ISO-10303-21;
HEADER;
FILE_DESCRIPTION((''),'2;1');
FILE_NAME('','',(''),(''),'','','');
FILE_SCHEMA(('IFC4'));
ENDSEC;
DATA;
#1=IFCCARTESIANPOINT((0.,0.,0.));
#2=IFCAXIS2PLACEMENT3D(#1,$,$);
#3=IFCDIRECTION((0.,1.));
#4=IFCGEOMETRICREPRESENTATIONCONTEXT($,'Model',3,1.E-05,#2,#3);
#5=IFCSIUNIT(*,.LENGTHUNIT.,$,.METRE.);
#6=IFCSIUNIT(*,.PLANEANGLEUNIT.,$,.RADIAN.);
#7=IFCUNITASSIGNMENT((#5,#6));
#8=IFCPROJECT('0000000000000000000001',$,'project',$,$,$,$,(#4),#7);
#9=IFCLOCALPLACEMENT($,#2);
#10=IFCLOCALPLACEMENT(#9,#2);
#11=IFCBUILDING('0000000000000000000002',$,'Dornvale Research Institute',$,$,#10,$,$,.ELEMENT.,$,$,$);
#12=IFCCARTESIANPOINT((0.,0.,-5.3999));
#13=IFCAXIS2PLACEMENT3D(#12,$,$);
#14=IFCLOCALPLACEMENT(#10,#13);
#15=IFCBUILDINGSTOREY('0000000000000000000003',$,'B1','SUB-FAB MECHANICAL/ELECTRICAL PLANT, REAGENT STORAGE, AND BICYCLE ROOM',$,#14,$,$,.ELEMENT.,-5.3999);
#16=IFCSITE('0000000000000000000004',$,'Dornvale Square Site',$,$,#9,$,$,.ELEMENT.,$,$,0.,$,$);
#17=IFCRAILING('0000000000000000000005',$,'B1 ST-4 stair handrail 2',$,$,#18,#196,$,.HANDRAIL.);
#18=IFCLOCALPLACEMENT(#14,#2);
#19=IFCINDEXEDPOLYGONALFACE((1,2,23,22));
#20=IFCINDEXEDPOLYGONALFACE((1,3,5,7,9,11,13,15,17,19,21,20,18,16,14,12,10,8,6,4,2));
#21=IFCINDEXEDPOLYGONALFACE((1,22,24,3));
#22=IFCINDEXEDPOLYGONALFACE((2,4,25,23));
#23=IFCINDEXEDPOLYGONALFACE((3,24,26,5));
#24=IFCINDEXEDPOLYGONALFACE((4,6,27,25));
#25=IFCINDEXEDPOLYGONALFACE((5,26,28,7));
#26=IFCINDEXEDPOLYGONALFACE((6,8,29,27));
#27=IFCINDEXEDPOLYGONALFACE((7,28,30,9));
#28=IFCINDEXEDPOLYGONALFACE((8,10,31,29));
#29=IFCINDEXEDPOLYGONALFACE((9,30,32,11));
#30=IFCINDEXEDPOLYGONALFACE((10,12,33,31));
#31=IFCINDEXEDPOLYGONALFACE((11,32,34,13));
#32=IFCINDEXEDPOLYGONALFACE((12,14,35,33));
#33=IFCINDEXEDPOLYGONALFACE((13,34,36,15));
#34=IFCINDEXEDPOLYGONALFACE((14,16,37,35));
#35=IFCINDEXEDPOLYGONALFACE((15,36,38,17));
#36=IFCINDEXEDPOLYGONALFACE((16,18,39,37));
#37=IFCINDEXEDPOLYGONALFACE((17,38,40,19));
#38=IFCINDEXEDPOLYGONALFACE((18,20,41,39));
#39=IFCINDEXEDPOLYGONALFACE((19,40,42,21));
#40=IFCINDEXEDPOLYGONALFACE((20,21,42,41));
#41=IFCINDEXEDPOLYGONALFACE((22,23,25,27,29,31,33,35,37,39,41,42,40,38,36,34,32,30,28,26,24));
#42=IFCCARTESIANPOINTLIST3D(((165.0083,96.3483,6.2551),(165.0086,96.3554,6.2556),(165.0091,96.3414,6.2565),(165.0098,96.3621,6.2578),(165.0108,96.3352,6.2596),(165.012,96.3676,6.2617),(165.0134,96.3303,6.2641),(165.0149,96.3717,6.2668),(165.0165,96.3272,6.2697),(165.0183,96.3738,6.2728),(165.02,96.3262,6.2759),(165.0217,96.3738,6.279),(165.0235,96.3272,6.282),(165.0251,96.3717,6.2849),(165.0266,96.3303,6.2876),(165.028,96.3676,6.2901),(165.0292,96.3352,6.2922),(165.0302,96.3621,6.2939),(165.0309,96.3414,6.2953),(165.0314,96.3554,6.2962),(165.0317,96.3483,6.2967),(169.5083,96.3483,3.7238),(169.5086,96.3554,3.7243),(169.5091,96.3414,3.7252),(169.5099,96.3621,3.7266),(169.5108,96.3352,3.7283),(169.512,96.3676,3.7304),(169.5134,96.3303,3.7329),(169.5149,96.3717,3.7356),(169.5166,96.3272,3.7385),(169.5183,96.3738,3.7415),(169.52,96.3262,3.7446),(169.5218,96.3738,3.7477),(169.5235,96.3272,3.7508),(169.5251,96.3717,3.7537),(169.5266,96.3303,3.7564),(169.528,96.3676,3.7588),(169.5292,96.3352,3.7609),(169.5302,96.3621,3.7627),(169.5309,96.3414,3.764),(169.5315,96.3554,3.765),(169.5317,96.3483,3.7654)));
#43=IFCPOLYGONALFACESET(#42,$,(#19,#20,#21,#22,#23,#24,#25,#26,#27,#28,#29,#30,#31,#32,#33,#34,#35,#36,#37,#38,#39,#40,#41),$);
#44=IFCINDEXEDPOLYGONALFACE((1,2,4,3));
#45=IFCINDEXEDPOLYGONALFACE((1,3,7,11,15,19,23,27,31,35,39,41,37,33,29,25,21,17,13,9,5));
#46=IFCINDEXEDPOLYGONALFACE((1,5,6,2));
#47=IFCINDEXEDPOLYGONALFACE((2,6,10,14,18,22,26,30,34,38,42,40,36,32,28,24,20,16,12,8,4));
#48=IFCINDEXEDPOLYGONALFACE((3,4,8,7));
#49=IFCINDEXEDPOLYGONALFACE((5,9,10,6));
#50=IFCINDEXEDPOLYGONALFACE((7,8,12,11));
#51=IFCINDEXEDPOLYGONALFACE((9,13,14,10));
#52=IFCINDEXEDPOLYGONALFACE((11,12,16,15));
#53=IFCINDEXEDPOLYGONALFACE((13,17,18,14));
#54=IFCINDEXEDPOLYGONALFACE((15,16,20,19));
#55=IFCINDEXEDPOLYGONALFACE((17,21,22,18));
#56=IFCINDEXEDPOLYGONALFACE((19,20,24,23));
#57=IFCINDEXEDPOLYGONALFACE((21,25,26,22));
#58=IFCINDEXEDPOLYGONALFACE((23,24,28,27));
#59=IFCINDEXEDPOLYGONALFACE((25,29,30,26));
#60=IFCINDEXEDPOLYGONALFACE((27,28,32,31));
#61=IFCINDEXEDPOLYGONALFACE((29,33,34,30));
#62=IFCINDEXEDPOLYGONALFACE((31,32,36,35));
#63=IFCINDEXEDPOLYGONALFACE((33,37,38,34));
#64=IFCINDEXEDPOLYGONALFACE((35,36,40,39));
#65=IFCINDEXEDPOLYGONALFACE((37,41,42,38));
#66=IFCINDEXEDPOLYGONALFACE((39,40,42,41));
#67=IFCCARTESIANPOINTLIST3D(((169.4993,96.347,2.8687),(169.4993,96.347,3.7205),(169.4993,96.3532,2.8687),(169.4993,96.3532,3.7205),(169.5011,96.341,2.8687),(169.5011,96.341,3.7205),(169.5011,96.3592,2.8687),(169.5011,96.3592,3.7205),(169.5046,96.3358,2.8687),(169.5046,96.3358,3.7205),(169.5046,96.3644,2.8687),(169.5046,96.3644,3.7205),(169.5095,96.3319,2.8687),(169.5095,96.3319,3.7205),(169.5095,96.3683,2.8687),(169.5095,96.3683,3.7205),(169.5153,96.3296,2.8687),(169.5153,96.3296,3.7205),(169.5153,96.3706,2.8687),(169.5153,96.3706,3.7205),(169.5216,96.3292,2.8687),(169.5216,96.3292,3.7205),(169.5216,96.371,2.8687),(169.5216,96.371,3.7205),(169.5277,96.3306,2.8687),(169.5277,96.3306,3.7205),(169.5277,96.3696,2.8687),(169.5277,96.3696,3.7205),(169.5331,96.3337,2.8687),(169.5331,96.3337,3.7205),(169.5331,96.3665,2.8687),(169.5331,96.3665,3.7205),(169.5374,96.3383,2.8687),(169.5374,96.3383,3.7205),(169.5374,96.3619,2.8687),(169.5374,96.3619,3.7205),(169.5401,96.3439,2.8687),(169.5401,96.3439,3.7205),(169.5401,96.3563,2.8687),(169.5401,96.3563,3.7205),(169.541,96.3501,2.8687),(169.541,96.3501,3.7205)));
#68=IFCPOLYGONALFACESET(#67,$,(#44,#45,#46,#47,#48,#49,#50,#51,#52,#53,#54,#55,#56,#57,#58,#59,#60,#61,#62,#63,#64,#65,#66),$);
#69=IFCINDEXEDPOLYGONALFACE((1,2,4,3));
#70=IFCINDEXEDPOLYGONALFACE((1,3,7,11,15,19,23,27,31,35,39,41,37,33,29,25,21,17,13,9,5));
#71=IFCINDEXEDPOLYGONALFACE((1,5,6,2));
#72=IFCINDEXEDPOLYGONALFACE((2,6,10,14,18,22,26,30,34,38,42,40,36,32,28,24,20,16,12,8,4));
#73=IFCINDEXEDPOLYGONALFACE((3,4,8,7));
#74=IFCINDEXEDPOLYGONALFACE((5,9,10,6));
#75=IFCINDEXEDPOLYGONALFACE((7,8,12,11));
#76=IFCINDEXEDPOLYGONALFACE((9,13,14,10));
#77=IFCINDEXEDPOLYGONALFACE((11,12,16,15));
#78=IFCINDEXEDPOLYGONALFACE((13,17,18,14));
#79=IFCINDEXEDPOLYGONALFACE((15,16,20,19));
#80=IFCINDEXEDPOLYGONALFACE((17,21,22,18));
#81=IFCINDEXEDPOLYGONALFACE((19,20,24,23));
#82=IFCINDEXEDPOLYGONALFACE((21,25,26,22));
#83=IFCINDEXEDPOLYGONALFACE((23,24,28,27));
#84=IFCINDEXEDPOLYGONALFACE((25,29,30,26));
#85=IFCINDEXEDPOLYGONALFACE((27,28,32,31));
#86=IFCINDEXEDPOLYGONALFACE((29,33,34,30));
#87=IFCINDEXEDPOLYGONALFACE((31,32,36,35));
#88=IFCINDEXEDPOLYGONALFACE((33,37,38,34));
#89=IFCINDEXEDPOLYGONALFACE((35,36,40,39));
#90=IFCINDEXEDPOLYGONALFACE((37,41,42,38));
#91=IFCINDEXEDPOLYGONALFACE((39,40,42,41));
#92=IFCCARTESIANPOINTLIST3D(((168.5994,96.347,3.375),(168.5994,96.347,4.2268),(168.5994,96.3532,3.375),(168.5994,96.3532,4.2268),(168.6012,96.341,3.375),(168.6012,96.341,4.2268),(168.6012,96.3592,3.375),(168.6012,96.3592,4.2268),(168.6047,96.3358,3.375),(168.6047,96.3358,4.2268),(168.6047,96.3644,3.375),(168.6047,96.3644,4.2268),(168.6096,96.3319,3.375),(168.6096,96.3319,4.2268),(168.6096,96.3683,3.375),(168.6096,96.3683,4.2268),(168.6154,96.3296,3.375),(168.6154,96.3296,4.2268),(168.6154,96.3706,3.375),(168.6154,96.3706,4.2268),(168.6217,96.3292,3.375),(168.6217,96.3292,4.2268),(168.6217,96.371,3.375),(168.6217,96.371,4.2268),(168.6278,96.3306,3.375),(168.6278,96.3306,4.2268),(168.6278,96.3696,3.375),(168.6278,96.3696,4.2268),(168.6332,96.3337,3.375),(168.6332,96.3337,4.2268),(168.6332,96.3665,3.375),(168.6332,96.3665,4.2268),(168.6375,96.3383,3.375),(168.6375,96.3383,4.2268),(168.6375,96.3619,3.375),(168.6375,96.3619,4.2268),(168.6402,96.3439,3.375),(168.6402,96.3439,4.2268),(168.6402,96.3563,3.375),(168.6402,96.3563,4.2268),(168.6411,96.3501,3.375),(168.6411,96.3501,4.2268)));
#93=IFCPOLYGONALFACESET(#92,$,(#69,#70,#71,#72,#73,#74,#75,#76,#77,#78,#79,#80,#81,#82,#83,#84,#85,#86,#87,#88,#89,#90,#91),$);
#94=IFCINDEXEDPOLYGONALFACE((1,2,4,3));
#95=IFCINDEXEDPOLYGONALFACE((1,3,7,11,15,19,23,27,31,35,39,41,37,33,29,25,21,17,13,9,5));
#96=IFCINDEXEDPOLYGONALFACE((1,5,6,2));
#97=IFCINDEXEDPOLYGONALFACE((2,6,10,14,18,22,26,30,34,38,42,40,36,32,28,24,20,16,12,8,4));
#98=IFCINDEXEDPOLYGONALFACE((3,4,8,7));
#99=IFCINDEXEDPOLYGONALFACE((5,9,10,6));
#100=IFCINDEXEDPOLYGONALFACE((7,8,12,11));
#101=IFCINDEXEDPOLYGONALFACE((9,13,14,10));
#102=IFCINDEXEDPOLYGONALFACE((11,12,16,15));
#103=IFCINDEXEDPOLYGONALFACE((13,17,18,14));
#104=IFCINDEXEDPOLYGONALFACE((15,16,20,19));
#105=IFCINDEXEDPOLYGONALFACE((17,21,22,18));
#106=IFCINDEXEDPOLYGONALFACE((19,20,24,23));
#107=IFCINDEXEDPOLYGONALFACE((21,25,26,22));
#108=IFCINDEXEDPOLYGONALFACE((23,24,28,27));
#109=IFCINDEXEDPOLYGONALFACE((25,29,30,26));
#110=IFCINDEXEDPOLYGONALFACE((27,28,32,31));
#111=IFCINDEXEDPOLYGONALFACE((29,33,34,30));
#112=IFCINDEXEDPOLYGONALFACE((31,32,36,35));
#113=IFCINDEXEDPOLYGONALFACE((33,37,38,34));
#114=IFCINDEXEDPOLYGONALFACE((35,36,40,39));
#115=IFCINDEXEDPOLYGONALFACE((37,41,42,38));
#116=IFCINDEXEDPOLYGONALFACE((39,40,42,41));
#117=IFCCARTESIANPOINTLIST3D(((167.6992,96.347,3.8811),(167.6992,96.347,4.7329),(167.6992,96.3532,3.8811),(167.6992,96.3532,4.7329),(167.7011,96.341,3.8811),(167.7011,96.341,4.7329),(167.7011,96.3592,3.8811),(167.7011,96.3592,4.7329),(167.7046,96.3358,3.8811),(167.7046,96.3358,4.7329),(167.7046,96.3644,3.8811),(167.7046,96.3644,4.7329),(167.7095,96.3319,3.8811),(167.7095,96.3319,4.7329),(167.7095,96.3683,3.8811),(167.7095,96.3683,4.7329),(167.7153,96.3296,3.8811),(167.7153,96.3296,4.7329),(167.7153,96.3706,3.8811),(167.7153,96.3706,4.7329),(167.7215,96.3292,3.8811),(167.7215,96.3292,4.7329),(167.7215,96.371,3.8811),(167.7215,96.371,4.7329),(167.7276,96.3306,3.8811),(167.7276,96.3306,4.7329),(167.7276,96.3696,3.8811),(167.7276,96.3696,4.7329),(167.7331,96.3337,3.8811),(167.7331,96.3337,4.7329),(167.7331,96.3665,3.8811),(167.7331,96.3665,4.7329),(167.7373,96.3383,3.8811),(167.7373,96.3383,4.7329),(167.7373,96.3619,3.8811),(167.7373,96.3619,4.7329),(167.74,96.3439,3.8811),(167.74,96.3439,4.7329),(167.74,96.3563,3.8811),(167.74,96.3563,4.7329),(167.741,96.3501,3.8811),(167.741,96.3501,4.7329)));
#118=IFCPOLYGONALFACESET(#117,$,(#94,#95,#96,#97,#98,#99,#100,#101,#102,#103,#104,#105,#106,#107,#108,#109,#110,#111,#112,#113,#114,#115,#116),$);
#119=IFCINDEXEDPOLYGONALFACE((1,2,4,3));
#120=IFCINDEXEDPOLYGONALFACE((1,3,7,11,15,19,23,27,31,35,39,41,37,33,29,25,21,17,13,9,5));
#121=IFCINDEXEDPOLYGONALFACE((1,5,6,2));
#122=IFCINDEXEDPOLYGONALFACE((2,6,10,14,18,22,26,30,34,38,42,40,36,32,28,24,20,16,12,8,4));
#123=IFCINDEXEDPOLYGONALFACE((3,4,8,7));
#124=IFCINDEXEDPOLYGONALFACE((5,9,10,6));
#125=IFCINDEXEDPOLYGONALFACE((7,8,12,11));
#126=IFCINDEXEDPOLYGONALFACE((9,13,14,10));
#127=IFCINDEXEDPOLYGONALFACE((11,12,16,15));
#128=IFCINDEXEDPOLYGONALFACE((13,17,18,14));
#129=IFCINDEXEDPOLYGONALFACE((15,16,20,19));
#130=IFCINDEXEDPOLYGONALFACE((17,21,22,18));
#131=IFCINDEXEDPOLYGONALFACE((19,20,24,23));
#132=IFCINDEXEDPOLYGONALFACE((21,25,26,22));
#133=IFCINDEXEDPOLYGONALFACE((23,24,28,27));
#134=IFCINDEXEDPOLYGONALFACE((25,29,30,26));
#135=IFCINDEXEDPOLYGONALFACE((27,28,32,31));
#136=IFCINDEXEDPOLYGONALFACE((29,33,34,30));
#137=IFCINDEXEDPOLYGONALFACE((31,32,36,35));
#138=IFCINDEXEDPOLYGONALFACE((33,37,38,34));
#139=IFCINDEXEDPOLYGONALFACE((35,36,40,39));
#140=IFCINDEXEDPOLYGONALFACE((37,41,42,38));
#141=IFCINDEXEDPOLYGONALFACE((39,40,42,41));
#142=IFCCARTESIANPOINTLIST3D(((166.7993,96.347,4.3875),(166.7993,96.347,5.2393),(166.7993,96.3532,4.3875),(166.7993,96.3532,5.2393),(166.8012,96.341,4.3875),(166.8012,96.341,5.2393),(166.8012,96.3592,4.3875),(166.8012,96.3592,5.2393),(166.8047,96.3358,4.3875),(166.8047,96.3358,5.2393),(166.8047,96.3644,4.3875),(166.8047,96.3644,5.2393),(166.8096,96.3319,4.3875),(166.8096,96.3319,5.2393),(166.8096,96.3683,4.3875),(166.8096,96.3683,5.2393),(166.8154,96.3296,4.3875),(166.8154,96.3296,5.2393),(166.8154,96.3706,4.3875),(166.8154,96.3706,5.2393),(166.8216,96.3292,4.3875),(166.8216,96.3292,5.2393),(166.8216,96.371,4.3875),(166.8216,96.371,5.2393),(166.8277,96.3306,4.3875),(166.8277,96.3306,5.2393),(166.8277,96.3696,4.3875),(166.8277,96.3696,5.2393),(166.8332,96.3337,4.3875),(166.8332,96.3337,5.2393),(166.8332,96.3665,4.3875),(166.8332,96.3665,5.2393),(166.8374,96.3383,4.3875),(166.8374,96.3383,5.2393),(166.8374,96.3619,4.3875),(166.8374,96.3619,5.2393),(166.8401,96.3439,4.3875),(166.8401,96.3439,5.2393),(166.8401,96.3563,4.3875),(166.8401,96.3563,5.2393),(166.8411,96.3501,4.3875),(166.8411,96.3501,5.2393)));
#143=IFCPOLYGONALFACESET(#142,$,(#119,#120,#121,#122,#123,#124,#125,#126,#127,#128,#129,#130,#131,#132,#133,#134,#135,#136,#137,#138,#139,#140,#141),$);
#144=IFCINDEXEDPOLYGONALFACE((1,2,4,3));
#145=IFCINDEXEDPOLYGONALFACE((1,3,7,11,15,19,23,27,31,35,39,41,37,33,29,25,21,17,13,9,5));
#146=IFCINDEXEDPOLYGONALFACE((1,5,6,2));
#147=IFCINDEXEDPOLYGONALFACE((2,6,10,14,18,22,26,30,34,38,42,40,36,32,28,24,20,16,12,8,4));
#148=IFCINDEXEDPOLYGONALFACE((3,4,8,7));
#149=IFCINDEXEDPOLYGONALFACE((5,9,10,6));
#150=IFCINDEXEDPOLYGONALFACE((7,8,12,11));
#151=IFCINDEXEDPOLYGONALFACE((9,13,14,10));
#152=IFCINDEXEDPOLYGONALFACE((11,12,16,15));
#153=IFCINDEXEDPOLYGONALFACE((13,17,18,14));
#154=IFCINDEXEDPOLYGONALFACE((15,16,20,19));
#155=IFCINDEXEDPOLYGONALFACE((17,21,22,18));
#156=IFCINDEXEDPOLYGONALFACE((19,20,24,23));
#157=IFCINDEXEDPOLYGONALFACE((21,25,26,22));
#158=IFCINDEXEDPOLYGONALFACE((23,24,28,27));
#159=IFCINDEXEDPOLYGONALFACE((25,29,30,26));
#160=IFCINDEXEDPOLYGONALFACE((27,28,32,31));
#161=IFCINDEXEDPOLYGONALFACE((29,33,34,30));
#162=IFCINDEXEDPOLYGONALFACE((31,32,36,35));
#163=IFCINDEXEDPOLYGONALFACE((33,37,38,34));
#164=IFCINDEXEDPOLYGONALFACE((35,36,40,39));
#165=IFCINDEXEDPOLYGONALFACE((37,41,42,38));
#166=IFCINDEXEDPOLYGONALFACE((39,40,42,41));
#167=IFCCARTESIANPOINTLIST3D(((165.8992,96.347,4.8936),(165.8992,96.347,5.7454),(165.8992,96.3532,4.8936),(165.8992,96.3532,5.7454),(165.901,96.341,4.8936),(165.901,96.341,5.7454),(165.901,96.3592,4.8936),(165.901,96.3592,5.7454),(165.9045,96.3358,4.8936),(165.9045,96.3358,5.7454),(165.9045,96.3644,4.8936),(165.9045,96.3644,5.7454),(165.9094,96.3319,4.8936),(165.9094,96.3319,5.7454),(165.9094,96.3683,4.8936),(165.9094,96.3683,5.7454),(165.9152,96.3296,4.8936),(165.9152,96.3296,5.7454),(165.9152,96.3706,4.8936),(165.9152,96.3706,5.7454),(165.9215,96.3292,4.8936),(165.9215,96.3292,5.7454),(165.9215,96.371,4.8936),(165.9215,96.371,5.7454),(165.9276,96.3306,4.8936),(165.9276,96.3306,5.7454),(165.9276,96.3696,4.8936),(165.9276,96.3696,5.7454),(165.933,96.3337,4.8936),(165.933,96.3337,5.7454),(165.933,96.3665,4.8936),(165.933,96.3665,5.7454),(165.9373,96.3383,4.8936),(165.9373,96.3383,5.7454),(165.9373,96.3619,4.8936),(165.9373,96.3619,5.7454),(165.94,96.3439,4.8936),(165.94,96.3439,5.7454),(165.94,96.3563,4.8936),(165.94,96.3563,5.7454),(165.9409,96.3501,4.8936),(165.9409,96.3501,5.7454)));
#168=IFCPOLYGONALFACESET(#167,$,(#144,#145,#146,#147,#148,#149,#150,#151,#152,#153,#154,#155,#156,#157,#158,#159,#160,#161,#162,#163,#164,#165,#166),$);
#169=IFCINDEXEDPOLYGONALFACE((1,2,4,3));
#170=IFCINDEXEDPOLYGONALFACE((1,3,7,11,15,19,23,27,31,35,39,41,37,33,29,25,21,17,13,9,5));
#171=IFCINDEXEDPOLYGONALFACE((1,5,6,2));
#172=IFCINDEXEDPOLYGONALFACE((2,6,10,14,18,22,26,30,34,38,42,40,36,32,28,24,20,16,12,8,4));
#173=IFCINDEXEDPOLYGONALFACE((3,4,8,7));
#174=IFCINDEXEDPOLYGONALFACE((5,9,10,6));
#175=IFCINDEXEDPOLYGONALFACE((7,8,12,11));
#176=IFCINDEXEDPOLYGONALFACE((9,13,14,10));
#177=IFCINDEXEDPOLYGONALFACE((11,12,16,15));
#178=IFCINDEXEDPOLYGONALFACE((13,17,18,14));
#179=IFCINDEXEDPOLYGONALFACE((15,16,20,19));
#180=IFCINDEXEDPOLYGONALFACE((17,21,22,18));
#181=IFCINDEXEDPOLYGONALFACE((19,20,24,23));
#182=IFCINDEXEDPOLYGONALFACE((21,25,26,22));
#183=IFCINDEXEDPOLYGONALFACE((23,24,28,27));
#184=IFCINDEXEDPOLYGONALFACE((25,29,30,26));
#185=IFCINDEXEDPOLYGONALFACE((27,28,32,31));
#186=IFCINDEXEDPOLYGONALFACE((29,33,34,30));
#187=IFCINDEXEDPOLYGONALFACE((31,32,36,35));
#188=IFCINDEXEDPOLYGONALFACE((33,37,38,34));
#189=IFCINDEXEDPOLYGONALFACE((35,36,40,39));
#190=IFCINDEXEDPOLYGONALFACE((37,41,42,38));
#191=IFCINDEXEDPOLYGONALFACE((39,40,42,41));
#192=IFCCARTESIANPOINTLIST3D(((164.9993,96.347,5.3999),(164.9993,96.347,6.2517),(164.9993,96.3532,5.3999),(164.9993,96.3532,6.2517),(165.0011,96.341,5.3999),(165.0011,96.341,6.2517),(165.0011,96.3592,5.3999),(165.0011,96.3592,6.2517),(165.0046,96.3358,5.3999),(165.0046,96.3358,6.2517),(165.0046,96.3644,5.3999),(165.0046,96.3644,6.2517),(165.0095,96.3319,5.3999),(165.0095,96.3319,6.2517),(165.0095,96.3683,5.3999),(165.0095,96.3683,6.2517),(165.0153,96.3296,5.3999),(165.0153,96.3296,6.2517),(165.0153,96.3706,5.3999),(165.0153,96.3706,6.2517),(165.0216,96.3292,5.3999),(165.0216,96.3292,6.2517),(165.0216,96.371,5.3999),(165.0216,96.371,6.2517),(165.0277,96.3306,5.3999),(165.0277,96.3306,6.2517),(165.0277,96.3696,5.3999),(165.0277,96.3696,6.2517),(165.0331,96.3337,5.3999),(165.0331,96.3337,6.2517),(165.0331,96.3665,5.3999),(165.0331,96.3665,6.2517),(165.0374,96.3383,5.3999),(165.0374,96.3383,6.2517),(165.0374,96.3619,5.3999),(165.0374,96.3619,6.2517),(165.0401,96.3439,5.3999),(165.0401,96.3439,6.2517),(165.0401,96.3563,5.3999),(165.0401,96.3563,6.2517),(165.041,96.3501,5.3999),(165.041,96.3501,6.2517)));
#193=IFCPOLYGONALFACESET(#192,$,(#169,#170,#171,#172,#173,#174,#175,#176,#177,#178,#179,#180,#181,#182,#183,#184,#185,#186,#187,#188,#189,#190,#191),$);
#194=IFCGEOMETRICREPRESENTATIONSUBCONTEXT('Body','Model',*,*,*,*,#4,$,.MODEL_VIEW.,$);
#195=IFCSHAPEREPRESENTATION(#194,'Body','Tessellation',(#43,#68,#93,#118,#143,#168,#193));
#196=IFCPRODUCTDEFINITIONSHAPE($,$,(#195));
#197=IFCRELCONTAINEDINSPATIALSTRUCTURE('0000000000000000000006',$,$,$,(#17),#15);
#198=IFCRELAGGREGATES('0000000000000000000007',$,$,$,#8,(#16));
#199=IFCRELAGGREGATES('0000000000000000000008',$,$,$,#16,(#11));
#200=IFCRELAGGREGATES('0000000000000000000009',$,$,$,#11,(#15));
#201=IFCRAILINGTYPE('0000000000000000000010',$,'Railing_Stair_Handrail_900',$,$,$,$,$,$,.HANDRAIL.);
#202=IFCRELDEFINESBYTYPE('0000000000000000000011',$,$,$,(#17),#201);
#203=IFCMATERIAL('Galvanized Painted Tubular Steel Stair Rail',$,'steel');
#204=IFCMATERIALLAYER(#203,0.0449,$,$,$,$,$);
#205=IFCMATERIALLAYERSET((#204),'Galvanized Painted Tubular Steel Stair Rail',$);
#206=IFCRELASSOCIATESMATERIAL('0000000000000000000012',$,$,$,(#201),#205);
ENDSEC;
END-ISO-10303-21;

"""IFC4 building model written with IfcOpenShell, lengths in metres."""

from ifc_helpers import new_model, si_unit, direction, frame, origin, origin_2d, place, context, subcontext, project, spatial, circle, extrude, material, layer, layer_set, type_object, element, save


model = new_model("IFC4")

# Units and contexts
model_context = context("Model", 3, precision=1e-05, world=origin(), true_north=direction((0.0, 1.0)))
body_context = subcontext(model_context, "Body", "Model", "MODEL_VIEW")
ifc_project = project(units=[si_unit("LENGTHUNIT", "METRE"), si_unit("PLANEANGLEUNIT", "RADIAN")], contexts=[model_context])

# Site, building, storey
site_placement = place(None, origin())
site = spatial("IfcSite", under=ifc_project, at=site_placement, Name="Dornvale Square Site", CompositionType="ELEMENT", RefElevation=0.0)
building_placement = place(site_placement, origin())
building = spatial("IfcBuilding", under=site, at=building_placement, Name="Dornvale Research Institute", CompositionType="ELEMENT")
storey_placement = place(building_placement, frame((0.0, 0.0, -5.3999)))
storey = spatial("IfcBuildingStorey", under=building, at=storey_placement, Name="B1", Description="SUB-FAB MECHANICAL/ELECTRICAL PLANT, REAGENT STORAGE, AND BICYCLE ROOM", CompositionType="ELEMENT", Elevation=-5.3999)

# Railing
ifc_material_1 = material(Name="Galvanized Painted Tubular Steel Stair Rail", Category="steel")
ifc_layer_1 = layer(ifc_material_1, 0.0449)
ifc_layer_set_1 = layer_set([ifc_layer_1], Name="Galvanized Painted Tubular Steel Stair Rail")
railing_type_1 = type_object("IfcRailingType", Name="Railing_Stair_Handrail_900", PredefinedType="HANDRAIL", material=ifc_layer_set_1)
railing_1_placement = place(storey_placement, frame((169.52, 96.3501, 2.8687)))
element("IfcRailing", 1, at=railing_1_placement, inside=storey, type_object=railing_type_1, Name="B1 ST-4 stair handrail 2", PredefinedType="HANDRAIL", context=body_context, shape_type="SweptSolid", body=[
    extrude(circle(Radius=0.0239, at=origin_2d()), frame((0.0, 0.0, 0.876), z_axis=(-0.871576, 0.0, 0.490261), x_axis=(0.0, -1.0, 0.0)), (0.0, 0.0, 1.0), 5.1631),
    extrude(circle(Radius=0.021, at=origin_2d()), origin(), (0.0, 0.0, 1.0), 0.8518),
    extrude(circle(Radius=0.021, at=origin_2d()), frame((-0.8999, 0.0, 0.5063)), (0.0, 0.0, 1.0), 0.8518),
    extrude(circle(Radius=0.021, at=origin_2d()), frame((-1.8, 0.0, 1.0125)), (0.0, 0.0, 1.0), 0.8518),
    extrude(circle(Radius=0.021, at=origin_2d()), frame((-2.7, 0.0, 1.5188)), (0.0, 0.0, 1.0), 0.8518),
    extrude(circle(Radius=0.021, at=origin_2d()), frame((-3.6001, 0.0, 2.0249)), (0.0, 0.0, 1.0), 0.8518),
    extrude(circle(Radius=0.021, at=origin_2d()), frame((-4.5, 0.0, 2.5312)), (0.0, 0.0, 1.0), 0.8518),
])

save(model, "model.ifc")
